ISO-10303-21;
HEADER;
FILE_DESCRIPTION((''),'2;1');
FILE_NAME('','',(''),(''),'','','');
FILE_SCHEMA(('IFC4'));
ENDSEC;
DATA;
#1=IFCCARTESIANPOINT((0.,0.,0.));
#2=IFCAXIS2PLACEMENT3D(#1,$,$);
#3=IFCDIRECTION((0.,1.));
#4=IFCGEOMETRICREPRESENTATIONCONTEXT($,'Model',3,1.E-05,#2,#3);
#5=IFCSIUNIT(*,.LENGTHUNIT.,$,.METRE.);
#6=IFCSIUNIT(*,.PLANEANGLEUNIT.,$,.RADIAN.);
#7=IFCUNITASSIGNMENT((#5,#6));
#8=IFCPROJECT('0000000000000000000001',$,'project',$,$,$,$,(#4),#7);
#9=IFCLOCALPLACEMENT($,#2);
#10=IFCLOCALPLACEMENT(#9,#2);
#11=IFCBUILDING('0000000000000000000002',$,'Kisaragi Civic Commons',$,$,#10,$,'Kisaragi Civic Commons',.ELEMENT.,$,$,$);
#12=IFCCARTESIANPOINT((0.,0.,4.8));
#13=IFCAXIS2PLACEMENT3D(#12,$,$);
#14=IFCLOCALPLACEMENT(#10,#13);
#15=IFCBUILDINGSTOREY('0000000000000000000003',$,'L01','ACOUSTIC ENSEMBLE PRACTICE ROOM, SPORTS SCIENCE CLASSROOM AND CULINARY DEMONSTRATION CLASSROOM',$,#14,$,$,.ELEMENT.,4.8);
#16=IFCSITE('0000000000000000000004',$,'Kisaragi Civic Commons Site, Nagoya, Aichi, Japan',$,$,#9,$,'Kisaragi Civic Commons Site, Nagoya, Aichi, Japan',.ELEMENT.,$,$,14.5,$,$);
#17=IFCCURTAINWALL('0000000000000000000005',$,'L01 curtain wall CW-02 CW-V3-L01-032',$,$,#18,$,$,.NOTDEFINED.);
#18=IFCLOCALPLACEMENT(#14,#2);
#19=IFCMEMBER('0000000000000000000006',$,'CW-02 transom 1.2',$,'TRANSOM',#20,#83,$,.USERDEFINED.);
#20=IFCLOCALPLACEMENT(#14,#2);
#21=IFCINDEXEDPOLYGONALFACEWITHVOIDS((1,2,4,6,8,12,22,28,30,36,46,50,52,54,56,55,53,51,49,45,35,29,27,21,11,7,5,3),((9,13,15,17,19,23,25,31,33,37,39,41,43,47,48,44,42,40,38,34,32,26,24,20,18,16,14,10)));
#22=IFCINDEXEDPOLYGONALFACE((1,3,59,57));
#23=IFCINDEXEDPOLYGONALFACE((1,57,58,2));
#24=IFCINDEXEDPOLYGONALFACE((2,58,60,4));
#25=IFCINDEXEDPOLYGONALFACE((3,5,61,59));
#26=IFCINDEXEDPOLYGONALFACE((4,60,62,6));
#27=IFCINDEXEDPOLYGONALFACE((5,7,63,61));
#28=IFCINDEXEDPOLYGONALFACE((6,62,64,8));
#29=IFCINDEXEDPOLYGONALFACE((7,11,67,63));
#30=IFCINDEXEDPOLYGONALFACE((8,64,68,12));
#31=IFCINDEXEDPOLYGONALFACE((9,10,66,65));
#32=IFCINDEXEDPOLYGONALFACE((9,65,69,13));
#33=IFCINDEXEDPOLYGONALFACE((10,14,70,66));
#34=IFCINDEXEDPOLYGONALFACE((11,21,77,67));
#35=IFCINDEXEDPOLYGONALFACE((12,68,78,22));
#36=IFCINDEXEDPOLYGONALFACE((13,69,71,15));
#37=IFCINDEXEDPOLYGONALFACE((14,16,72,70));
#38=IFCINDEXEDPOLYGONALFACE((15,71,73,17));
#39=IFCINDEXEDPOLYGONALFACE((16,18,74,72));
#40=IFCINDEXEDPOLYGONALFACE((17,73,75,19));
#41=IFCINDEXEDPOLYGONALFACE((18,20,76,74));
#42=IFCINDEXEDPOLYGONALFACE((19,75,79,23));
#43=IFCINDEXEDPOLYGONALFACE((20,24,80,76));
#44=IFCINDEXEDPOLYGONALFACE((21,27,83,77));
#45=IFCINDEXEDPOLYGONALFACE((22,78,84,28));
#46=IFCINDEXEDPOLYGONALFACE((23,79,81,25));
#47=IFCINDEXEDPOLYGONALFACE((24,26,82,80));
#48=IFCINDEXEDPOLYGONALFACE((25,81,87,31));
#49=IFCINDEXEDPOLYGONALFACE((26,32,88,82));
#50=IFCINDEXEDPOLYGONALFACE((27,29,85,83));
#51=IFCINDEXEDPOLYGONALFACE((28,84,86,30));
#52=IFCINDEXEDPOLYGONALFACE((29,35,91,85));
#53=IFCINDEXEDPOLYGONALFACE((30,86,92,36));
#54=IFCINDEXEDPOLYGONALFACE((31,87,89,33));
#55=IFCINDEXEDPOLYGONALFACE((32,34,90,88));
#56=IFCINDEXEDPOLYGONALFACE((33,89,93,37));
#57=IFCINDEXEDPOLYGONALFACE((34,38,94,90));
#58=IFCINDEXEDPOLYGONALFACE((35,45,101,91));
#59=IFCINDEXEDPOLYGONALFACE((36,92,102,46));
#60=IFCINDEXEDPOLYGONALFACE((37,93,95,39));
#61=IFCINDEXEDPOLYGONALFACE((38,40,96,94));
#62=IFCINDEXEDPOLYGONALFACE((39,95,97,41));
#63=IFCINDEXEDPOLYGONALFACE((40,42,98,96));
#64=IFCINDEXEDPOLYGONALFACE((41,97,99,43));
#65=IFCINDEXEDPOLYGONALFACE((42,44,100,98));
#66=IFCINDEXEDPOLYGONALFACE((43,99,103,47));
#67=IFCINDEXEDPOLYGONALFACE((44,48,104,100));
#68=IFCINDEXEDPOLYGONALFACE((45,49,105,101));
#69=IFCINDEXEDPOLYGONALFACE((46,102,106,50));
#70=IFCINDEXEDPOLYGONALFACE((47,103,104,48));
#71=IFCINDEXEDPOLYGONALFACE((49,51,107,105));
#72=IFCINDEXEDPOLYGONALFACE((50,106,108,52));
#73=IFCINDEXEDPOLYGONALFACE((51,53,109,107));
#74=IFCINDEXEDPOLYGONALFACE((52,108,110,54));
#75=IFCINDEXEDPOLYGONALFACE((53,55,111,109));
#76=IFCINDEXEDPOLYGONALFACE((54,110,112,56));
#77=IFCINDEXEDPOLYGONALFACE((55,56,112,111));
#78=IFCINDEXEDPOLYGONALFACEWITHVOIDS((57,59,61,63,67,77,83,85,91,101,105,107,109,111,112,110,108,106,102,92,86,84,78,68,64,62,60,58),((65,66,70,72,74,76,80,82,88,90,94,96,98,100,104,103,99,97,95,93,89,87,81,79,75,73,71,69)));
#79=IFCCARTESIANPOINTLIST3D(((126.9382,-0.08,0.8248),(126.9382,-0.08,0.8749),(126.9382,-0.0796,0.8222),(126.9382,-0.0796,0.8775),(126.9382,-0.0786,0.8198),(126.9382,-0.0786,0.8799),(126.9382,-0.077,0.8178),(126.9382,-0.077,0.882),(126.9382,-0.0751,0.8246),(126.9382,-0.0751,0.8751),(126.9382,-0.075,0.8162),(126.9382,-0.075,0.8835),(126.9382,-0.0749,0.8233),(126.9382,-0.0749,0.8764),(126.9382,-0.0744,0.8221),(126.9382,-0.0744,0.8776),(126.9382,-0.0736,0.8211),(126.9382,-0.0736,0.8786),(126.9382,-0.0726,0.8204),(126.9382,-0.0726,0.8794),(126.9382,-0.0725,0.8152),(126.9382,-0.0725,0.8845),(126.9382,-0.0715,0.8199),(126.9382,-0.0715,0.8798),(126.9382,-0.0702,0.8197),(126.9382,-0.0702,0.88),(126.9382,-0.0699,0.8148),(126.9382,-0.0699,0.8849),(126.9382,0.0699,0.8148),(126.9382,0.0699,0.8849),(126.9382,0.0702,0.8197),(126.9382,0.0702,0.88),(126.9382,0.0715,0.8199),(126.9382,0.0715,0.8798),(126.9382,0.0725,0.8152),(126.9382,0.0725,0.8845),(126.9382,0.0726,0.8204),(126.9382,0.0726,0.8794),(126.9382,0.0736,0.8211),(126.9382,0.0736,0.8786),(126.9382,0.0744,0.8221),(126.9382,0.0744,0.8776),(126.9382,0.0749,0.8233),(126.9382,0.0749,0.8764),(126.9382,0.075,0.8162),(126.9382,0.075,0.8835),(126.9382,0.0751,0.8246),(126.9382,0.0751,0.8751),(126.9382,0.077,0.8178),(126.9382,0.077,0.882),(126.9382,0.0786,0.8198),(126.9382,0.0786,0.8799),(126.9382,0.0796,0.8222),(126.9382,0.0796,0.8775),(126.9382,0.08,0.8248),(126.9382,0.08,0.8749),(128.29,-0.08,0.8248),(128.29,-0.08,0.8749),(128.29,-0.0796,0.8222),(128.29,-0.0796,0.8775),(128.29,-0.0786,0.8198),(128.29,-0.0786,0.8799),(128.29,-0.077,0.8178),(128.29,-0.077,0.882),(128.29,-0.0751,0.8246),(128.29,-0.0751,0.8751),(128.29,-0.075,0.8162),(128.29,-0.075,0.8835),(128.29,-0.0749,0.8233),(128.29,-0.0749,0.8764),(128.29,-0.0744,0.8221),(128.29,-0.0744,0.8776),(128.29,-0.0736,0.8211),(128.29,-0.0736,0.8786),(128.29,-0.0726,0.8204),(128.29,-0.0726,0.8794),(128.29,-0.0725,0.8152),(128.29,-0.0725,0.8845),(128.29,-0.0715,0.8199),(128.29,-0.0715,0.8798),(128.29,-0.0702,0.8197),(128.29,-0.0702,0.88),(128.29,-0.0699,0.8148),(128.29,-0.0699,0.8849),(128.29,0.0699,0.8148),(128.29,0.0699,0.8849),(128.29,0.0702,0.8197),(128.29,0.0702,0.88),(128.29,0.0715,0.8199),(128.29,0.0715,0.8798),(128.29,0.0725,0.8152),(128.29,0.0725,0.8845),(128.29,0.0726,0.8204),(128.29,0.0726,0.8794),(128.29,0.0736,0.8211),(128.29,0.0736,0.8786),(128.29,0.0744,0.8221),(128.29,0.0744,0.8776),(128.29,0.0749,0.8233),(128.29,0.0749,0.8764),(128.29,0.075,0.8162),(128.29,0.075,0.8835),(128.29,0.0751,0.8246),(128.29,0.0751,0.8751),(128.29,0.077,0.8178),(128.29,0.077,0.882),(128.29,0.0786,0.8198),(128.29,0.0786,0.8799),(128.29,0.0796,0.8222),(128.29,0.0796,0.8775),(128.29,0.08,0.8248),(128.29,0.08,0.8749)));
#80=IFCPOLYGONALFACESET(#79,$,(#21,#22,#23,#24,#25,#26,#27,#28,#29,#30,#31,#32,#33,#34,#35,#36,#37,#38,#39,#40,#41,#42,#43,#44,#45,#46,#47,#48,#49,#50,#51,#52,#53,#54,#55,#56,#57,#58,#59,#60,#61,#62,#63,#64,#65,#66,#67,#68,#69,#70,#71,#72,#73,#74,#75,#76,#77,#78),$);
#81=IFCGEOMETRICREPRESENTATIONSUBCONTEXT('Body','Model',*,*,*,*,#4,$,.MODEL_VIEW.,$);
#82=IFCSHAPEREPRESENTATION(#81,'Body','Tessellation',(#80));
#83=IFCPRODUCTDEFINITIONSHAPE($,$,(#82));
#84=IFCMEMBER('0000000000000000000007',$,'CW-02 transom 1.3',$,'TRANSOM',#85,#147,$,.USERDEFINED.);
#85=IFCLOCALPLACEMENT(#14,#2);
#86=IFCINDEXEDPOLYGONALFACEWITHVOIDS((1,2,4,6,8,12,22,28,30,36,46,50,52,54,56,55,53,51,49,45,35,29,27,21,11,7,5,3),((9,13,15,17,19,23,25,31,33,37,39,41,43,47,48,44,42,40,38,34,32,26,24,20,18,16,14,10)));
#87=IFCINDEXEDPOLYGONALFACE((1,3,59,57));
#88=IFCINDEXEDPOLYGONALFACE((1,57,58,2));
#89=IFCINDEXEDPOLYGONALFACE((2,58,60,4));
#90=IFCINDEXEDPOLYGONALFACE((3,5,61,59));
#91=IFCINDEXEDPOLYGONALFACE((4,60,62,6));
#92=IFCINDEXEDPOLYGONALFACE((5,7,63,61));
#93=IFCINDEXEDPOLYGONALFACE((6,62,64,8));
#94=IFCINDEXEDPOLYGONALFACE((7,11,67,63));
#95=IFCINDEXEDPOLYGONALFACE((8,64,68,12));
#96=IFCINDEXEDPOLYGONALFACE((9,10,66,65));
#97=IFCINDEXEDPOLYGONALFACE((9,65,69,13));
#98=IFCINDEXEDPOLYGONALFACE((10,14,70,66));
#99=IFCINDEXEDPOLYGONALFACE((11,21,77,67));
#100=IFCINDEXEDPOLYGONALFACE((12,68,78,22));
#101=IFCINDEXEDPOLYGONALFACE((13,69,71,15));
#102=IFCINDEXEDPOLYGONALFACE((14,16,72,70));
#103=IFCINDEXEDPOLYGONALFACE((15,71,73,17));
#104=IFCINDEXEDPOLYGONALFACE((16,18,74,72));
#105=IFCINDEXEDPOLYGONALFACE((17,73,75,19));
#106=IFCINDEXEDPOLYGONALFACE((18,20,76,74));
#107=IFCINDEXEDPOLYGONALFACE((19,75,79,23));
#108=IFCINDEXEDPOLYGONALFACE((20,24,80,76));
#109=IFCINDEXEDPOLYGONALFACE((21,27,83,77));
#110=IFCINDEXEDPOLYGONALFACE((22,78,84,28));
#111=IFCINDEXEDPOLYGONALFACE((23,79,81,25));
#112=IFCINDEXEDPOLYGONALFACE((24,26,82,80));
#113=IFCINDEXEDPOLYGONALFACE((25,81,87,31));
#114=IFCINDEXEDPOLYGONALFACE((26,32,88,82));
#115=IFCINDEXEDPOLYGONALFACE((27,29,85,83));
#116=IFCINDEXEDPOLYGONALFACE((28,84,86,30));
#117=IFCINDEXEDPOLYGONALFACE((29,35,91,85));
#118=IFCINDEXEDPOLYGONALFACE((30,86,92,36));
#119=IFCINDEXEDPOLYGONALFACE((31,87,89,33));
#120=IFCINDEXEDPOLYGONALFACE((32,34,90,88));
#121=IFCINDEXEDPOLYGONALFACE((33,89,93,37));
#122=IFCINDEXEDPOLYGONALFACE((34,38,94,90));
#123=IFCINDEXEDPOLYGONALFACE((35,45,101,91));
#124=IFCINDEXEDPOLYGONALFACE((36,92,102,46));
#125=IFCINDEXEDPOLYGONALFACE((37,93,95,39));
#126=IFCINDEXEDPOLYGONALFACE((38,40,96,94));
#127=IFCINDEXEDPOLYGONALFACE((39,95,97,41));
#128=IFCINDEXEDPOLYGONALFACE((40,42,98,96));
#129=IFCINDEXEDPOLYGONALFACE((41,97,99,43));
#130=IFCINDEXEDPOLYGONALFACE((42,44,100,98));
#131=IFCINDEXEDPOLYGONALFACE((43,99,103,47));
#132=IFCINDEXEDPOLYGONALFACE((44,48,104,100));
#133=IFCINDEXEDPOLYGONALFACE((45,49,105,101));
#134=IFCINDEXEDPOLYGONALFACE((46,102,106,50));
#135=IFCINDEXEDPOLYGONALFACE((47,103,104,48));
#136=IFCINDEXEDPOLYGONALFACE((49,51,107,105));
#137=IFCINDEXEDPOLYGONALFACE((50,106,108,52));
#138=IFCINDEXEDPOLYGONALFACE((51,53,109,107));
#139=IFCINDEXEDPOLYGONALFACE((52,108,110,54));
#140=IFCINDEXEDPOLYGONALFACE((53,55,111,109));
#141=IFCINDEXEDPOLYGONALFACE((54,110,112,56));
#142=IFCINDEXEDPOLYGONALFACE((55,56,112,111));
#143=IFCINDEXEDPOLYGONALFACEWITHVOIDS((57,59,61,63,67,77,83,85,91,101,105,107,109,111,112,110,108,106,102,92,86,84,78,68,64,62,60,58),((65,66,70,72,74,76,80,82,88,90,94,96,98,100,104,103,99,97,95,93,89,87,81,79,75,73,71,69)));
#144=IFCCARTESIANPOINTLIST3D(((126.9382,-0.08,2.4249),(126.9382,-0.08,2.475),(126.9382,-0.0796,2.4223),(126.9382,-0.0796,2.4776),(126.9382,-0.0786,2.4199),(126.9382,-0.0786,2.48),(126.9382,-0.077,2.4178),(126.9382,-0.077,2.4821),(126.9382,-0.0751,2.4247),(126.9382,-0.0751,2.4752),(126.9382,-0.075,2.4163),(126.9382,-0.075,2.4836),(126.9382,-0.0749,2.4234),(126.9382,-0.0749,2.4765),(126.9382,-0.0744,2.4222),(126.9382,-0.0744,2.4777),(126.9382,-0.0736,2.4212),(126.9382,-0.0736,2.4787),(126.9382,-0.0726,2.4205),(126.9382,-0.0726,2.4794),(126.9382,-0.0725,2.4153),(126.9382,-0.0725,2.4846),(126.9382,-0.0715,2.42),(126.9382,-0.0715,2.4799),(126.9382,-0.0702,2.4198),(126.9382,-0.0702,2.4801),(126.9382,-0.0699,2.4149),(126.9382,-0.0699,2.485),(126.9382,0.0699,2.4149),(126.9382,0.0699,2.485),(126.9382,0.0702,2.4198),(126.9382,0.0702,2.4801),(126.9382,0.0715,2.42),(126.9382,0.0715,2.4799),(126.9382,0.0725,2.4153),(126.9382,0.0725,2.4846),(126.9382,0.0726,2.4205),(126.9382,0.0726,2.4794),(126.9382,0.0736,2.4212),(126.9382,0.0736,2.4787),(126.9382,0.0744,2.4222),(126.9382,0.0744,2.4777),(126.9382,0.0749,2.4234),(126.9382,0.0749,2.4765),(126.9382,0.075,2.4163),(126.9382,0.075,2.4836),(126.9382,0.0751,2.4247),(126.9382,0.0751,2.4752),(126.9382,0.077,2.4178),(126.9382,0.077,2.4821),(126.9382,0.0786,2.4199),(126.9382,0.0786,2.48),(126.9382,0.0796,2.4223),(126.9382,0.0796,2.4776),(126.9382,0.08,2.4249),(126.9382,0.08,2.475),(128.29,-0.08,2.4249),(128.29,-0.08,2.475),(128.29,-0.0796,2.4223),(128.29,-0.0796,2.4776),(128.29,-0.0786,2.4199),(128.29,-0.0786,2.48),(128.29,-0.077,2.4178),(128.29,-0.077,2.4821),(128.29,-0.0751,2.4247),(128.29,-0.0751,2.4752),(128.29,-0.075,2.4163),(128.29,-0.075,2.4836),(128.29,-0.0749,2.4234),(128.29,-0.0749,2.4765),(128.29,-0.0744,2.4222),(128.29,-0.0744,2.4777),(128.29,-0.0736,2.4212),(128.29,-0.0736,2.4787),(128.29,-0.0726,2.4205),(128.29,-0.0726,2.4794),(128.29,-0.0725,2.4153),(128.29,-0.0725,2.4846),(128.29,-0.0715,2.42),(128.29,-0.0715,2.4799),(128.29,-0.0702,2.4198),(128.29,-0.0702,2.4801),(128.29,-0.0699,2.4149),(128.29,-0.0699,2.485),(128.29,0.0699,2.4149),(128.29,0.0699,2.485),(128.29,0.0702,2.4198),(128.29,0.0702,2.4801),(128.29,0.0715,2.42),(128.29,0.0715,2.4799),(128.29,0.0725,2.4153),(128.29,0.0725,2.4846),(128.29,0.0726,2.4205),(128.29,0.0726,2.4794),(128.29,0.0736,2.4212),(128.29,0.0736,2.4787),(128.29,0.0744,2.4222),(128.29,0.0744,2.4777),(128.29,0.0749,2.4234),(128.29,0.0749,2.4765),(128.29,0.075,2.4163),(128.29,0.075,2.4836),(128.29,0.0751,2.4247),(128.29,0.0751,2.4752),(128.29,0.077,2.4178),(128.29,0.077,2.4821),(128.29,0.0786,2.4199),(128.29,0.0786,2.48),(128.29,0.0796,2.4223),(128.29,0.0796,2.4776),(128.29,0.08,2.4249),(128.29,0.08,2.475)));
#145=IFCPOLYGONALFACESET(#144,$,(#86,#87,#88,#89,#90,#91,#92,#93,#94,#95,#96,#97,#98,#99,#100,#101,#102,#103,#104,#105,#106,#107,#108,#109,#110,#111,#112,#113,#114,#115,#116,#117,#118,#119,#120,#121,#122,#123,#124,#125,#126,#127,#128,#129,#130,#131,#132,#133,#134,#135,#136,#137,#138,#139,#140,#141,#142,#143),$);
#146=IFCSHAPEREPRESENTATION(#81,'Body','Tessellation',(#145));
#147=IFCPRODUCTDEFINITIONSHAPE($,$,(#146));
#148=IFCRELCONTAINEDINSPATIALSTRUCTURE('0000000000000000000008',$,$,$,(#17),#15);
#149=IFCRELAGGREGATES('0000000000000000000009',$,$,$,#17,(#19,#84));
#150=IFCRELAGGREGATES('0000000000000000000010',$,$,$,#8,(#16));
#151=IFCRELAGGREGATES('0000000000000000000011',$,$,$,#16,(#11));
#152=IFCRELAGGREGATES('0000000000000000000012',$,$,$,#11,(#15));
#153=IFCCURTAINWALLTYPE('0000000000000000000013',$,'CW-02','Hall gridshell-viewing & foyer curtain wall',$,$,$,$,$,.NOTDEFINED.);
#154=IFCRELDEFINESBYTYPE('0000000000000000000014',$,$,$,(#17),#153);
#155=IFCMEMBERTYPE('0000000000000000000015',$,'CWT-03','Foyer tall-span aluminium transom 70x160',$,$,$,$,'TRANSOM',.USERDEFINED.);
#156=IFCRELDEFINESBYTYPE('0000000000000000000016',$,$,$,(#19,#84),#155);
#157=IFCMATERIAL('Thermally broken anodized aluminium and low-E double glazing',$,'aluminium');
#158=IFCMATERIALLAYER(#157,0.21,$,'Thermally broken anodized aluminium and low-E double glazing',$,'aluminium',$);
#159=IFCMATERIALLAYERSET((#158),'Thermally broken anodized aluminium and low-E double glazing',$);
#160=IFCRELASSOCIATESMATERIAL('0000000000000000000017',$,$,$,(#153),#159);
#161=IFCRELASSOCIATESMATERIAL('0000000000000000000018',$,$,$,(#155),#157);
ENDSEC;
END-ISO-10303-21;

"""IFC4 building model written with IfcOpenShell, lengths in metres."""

from ifc_helpers import new_model, si_unit, direction, frame, origin, origin_2d, place, context, subcontext, project, spatial, hollow_rectangle, extrude, material, layer, layer_set, material_profile, profile_set, type_object, element, aggregate, save


model = new_model("IFC4")

# Units and contexts
model_context = context("Model", 3, precision=1e-05, world=origin(), true_north=direction((0.0, 1.0)))
body_context = subcontext(model_context, "Body", "Model", "MODEL_VIEW")
ifc_project = project(units=[si_unit("LENGTHUNIT", "METRE"), si_unit("PLANEANGLEUNIT", "RADIAN")], contexts=[model_context])

# Site, building, storey
site_placement = place(None, origin())
site = spatial("IfcSite", under=ifc_project, at=site_placement, Name="Kisaragi Civic Commons Site, Nagoya, Aichi, Japan", LongName="Kisaragi Civic Commons Site, Nagoya, Aichi, Japan", CompositionType="ELEMENT", RefElevation=14.5)
building_placement = place(site_placement, origin())
building = spatial("IfcBuilding", under=site, at=building_placement, Name="Kisaragi Civic Commons", LongName="Kisaragi Civic Commons", CompositionType="ELEMENT")
storey_placement = place(building_placement, frame((0.0, 0.0, 4.8)))
storey = spatial("IfcBuildingStorey", under=building, at=storey_placement, Name="L01", Description="ACOUSTIC ENSEMBLE PRACTICE ROOM, SPORTS SCIENCE CLASSROOM AND CULINARY DEMONSTRATION CLASSROOM", CompositionType="ELEMENT", Elevation=4.8)

# Shared definitions
ifc_material_1 = material(Name="Thermally broken anodized aluminium and low-E double glazing", Category="aluminium")
ifc_layer_1 = layer(ifc_material_1, 0.21, Name="Thermally broken anodized aluminium and low-E double glazing", Category="aluminium")
ifc_layer_set_1 = layer_set([ifc_layer_1], Name="Thermally broken anodized aluminium and low-E double glazing")
curtain_wall_type = type_object("IfcCurtainWallType", Name="CW-02", Description="Hall gridshell-viewing & foyer curtain wall", PredefinedType="NOTDEFINED", material=ifc_layer_set_1)

# Curtain wall
curtain_wall_1_placement = place(storey_placement, origin())
curtain_wall_1 = element("IfcCurtainWall", 1, at=curtain_wall_1_placement, inside=storey, type_object=curtain_wall_type, Name="L01 curtain wall CW-02 CW-V3-L01-032", PredefinedType="NOTDEFINED")

# Members
ifc_material_profile_1 = material_profile(ifc_material_1, hollow_rectangle(XDim=0.1599, YDim=0.0701, WallThickness=0.0049, InnerFilletRadius=0.0049, OuterFilletRadius=0.01, at=origin_2d()), Name="CWT-70x160x5", Category="aluminium")
ifc_profile_set_1 = profile_set([ifc_material_profile_1], Name="Thermally broken anodized aluminium and low-E double glazing")
member_type_1 = type_object("IfcMemberType", Name="CWT-03", Description="Foyer tall-span aluminium transom 70x160", ElementType="TRANSOM", PredefinedType="USERDEFINED", material=ifc_profile_set_1)
member_1_placement = place(storey_placement, frame((128.29, 0.0, 0.8499), z_axis=(-1.0, 0.0, 0.0), x_axis=(0.0, -1.0, 0.0)))
member_1 = element("IfcMember", 2, at=member_1_placement, type_object=member_type_1, Name="CW-02 transom 1.2", ObjectType="TRANSOM", PredefinedType="USERDEFINED", context=body_context, shape_type="SweptSolid", body=[
    extrude(hollow_rectangle(XDim=0.1599, YDim=0.0701, WallThickness=0.0049, InnerFilletRadius=0.0049, OuterFilletRadius=0.01, at=origin_2d()), origin(), (0.0, 0.0, 1.0), 1.3518),
])
member_2_placement = place(storey_placement, frame((128.29, 0.0, 2.45), z_axis=(-1.0, 0.0, 0.0), x_axis=(0.0, -1.0, 0.0)))
member_2 = element("IfcMember", 3, at=member_2_placement, type_object=member_type_1, Name="CW-02 transom 1.3", ObjectType="TRANSOM", PredefinedType="USERDEFINED", context=body_context, shape_type="SweptSolid", body=[
    extrude(hollow_rectangle(XDim=0.1599, YDim=0.0701, WallThickness=0.0049, InnerFilletRadius=0.0049, OuterFilletRadius=0.01, at=origin_2d()), origin(), (0.0, 0.0, 1.0), 1.3518),
])
aggregate(curtain_wall_1, [member_1, member_2])

save(model, "model.ifc")
